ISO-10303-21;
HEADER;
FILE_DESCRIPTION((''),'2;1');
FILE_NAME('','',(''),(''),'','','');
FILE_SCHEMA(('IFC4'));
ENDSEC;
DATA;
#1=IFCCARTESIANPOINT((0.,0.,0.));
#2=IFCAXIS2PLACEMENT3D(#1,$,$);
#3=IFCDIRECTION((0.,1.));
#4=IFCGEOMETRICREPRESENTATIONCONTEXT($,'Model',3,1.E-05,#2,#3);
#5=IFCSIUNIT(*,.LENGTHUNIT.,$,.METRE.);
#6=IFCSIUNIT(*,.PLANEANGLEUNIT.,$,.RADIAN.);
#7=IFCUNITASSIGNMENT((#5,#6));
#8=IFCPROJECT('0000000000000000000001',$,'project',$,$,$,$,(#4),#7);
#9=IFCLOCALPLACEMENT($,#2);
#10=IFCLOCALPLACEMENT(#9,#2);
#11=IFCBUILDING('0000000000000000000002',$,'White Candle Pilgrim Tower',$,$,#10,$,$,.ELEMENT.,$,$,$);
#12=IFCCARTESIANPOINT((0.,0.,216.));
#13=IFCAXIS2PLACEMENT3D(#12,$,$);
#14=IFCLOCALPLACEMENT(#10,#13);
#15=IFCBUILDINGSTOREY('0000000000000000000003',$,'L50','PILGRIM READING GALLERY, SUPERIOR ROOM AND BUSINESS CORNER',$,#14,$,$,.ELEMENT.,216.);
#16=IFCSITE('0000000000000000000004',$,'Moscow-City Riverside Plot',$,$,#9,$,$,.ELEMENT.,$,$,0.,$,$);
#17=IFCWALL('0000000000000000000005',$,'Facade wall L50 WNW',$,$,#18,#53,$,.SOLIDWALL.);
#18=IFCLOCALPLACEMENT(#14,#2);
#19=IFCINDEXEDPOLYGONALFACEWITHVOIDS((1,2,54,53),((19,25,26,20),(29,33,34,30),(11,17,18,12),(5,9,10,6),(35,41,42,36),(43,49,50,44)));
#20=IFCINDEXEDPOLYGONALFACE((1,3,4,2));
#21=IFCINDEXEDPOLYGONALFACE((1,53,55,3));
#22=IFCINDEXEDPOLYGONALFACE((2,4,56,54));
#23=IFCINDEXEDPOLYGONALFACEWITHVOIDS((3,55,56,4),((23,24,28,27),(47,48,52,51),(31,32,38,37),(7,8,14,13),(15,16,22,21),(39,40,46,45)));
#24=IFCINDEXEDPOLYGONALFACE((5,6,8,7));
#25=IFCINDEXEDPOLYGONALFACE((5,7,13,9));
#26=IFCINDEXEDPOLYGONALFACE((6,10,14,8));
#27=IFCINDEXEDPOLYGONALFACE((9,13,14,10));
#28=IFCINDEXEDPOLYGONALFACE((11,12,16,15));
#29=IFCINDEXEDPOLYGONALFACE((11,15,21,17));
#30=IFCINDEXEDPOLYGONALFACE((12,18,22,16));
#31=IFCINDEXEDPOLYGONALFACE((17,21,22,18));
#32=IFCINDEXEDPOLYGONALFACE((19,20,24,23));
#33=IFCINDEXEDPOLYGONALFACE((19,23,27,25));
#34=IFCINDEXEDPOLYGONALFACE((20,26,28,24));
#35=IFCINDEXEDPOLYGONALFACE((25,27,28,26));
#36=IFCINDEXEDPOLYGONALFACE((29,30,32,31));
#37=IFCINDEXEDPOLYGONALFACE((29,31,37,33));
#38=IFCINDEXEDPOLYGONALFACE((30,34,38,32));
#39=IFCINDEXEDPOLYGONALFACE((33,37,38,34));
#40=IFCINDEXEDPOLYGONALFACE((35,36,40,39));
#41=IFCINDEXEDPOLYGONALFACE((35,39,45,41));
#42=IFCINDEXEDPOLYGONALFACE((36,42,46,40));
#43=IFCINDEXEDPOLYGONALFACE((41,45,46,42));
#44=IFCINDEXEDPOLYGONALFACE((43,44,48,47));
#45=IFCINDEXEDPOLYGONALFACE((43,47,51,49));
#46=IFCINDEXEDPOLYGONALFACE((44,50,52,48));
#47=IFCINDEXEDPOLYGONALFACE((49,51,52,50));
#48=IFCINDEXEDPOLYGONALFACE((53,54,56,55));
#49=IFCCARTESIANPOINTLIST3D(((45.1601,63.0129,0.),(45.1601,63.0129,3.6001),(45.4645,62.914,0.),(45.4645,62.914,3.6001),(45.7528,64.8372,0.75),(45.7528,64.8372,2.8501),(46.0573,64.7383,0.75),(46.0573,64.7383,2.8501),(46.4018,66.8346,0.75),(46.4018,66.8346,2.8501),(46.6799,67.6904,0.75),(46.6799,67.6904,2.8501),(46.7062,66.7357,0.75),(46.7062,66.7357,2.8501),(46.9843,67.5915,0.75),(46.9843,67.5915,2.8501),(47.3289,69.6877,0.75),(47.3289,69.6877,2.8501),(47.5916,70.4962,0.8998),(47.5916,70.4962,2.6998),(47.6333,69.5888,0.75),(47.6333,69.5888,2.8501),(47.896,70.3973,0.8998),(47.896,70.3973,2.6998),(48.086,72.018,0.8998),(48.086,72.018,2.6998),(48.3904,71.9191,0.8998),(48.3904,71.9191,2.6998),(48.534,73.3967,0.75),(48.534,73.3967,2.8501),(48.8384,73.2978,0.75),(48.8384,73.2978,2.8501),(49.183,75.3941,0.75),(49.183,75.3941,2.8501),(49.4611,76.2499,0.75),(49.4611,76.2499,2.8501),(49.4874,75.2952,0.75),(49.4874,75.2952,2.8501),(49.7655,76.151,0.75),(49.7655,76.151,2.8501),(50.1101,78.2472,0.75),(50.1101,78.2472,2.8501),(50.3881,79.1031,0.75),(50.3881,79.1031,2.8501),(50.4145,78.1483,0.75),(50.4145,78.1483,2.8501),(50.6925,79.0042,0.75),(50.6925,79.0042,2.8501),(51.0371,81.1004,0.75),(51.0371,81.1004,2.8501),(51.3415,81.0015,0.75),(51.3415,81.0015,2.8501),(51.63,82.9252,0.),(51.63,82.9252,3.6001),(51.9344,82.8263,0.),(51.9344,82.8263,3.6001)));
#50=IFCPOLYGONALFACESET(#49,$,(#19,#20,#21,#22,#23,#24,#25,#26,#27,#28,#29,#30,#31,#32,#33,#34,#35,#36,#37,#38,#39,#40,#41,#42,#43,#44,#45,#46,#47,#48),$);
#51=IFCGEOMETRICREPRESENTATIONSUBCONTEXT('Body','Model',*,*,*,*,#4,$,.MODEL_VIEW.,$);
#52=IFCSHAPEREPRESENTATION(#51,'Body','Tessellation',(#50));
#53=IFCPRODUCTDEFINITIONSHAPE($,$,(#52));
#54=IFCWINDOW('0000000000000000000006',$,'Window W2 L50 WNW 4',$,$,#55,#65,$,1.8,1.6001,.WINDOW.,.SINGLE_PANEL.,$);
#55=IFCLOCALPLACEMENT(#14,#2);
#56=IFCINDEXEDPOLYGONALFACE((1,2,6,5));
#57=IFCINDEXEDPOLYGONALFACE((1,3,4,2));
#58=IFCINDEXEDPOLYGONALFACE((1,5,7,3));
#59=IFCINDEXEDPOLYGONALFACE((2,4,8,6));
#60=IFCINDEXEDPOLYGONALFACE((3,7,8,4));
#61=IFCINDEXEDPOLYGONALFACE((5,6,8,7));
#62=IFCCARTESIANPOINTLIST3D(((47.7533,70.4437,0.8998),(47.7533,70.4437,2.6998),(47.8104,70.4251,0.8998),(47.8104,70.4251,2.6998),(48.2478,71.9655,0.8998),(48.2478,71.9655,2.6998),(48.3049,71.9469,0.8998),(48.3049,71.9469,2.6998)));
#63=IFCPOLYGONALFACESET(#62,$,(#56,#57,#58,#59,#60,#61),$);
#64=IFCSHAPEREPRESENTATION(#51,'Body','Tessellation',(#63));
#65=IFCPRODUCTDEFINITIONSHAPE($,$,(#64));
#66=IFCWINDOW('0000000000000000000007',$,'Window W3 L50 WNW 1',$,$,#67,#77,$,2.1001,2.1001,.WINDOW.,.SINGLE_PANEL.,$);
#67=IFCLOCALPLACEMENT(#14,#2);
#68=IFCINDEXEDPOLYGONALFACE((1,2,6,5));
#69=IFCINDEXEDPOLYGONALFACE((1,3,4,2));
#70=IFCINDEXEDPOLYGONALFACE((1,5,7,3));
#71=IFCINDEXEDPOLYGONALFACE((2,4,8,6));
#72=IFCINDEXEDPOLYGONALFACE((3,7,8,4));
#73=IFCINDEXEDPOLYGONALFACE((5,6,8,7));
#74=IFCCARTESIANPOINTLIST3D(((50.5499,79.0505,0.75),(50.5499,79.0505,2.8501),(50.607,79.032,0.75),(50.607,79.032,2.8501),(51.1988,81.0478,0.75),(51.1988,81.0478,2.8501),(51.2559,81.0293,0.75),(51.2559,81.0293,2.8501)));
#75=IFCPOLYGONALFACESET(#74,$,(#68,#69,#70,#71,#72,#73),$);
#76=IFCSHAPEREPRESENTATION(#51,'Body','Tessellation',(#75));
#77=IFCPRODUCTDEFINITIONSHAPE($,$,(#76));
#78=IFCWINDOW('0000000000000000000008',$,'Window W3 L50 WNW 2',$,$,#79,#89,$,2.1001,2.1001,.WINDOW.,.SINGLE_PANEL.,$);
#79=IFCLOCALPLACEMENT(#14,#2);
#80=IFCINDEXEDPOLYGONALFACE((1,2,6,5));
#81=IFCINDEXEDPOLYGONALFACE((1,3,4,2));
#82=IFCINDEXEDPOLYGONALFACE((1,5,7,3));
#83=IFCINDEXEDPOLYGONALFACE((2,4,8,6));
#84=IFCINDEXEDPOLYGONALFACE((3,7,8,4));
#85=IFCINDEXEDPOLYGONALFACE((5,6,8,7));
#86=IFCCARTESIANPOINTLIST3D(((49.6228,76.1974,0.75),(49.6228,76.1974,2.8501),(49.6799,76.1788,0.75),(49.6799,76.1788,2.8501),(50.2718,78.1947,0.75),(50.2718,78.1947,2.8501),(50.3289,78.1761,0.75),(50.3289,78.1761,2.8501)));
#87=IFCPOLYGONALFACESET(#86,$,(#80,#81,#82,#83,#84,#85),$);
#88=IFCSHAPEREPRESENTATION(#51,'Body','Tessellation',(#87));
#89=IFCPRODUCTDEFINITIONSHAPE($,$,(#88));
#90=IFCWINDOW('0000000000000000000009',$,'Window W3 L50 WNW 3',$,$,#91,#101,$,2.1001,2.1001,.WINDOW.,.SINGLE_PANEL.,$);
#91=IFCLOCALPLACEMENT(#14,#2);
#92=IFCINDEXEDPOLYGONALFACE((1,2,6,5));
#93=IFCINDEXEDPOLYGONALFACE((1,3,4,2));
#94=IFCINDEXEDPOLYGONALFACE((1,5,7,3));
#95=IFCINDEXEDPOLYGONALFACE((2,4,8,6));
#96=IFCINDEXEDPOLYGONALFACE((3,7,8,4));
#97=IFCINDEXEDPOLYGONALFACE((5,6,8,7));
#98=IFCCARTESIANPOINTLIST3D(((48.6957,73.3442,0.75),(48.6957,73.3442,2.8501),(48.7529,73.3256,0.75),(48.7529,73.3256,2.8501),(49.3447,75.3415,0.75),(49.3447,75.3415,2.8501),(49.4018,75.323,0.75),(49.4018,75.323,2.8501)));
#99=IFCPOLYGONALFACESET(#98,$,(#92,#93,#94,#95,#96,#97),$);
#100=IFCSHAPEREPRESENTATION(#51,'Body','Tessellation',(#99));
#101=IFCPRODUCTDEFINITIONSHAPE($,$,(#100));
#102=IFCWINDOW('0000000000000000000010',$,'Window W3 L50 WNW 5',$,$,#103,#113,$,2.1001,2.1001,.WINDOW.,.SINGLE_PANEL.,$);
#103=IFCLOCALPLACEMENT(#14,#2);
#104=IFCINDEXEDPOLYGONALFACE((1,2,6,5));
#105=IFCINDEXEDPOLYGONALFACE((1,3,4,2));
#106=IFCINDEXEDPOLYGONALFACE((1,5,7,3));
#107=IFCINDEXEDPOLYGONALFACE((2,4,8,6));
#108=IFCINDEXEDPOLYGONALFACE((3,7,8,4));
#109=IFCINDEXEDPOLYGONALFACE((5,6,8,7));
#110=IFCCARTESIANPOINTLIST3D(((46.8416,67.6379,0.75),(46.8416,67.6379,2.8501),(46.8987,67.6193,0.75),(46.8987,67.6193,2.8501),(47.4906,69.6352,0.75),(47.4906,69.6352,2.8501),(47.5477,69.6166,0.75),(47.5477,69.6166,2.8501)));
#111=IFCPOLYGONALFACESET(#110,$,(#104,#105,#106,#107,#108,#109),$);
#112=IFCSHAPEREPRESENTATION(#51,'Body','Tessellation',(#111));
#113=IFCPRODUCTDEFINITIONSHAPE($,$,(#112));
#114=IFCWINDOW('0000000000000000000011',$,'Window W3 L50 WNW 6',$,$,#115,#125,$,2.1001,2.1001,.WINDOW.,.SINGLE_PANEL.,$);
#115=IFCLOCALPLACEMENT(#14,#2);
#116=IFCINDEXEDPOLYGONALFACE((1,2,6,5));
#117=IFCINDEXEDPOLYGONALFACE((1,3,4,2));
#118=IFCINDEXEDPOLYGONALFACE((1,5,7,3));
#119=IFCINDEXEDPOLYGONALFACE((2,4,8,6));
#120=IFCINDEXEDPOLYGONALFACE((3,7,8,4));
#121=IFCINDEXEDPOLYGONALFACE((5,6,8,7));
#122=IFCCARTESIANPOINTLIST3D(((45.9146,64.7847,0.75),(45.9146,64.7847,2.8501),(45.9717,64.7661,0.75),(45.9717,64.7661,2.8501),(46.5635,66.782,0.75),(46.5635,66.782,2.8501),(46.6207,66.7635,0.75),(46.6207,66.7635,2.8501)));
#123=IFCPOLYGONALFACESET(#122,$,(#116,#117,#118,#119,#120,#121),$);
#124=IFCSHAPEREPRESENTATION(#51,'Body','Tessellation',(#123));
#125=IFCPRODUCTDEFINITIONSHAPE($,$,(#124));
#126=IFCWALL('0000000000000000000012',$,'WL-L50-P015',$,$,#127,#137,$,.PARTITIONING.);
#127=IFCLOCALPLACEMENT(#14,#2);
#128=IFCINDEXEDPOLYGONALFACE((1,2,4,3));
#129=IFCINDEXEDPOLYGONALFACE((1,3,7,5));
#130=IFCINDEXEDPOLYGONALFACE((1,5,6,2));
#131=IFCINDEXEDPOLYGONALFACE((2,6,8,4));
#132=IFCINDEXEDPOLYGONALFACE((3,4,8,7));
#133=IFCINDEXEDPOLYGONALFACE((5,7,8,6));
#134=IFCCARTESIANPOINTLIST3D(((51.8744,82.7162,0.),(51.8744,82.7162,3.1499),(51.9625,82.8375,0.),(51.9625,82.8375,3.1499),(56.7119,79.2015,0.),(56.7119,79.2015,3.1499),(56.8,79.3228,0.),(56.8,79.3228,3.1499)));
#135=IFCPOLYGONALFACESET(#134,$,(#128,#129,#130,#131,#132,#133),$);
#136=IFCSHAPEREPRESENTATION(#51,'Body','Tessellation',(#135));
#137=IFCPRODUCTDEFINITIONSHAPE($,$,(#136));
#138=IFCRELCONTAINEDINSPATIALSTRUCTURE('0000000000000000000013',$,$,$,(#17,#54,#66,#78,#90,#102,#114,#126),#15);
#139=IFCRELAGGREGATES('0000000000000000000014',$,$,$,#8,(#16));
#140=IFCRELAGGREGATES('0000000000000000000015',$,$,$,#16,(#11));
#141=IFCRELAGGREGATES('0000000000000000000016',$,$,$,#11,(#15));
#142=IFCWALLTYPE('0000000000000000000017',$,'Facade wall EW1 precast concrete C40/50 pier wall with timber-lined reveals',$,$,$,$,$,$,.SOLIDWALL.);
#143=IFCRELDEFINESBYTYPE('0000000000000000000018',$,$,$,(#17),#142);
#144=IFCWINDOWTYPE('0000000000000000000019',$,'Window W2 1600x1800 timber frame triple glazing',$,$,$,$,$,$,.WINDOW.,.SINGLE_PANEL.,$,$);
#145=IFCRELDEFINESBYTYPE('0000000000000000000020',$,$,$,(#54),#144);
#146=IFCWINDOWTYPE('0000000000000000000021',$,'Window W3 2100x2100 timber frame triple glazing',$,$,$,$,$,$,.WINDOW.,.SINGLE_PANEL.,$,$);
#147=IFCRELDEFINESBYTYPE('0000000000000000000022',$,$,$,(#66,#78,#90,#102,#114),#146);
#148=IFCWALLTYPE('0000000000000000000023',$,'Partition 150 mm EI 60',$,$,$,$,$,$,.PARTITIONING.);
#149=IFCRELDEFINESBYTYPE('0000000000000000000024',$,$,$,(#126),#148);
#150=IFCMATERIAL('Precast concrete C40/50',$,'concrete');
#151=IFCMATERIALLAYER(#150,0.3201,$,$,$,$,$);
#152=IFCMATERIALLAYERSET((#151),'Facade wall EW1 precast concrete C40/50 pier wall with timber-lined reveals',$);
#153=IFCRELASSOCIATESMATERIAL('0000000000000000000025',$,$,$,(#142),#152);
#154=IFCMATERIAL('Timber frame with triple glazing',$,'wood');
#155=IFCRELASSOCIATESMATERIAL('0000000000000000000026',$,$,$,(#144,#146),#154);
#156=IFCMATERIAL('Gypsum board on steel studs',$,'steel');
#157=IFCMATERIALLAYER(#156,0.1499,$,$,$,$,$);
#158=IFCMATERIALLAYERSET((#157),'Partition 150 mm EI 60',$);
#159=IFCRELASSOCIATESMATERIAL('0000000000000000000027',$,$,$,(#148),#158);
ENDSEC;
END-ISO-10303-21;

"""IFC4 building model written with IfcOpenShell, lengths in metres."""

from ifc_helpers import new_model, si_unit, direction, frame, frame_2d, origin, place, context, subcontext, project, spatial, rectangle, extrude, material, layer, layer_set, type_object, element, fill, save


model = new_model("IFC4")

# Units and contexts
model_context = context("Model", 3, precision=1e-05, world=origin(), true_north=direction((0.0, 1.0)))
body_context = subcontext(model_context, "Body", "Model", "MODEL_VIEW")
ifc_project = project(units=[si_unit("LENGTHUNIT", "METRE"), si_unit("PLANEANGLEUNIT", "RADIAN")], contexts=[model_context])

# Site, building, storey
site_placement = place(None, origin())
site = spatial("IfcSite", under=ifc_project, at=site_placement, Name="Moscow-City Riverside Plot", CompositionType="ELEMENT", RefElevation=0.0)
building_placement = place(site_placement, origin())
building = spatial("IfcBuilding", under=site, at=building_placement, Name="White Candle Pilgrim Tower", CompositionType="ELEMENT")
storey_placement = place(building_placement, frame((0.0, 0.0, 216.0)))
storey = spatial("IfcBuildingStorey", under=building, at=storey_placement, Name="L50", Description="PILGRIM READING GALLERY, SUPERIOR ROOM AND BUSINESS CORNER", CompositionType="ELEMENT", Elevation=216.0)

# Wall, openings, windows
ifc_material_1 = material(Name="Precast concrete C40/50", Category="concrete")
ifc_layer_1 = layer(ifc_material_1, 0.3201)
ifc_layer_set_1 = layer_set([ifc_layer_1], Name="Facade wall EW1 precast concrete C40/50 pier wall with timber-lined reveals")
wall_type_1 = type_object("IfcWallType", Name="Facade wall EW1 precast concrete C40/50 pier wall with timber-lined reveals", PredefinedType="SOLIDWALL", material=ifc_layer_set_1)
ifc_material_2 = material(Name="Timber frame with triple glazing", Category="wood")
wall_1_placement = place(storey_placement, frame((51.7822, 82.8757, 0.0), z_axis=(0.0, 0.0, 1.0), x_axis=(-0.309019, -0.951056, 0.0)))
wall_1 = element("IfcWall", 1, at=wall_1_placement, inside=storey, type_object=wall_type_1, Name="Facade wall L50 WNW", PredefinedType="SOLIDWALL", context=body_context, shape_type="SweptSolid", body=[
    extrude(rectangle(XDim=20.937, YDim=0.3201, at=frame_2d((10.4685, 0.0))), origin(), (0.0, 0.0, 1.0), 3.6001),
])
opening_1_placement = place(wall_1_placement, frame((1.9187, 0.0, 0.75)))
opening_1 = element("IfcOpeningElement", 2, at=opening_1_placement, cuts=wall_1, PredefinedType="OPENING", context=body_context, shape_type="SweptSolid", body=[
    extrude(rectangle(XDim=2.1001, YDim=2.1001, at=frame_2d((1.05, 1.05))), frame((0.0, 0.1699, 0.0), z_axis=(0.0, -1.0, 0.0), x_axis=(1.0, 0.0, 0.0)), (0.0, 0.0, 1.0), 0.3401),
])
opening_2_placement = place(wall_1_placement, frame((4.9187, 0.0, 0.75)))
opening_2 = element("IfcOpeningElement", 3, at=opening_2_placement, cuts=wall_1, PredefinedType="OPENING", context=body_context, shape_type="SweptSolid", body=[
    extrude(rectangle(XDim=2.1001, YDim=2.1001, at=frame_2d((1.05, 1.05))), frame((0.0, 0.1699, 0.0), z_axis=(0.0, -1.0, 0.0), x_axis=(1.0, 0.0, 0.0)), (0.0, 0.0, 1.0), 0.3401),
])
opening_3_placement = place(wall_1_placement, frame((7.9187, 0.0, 0.75)))
opening_3 = element("IfcOpeningElement", 4, at=opening_3_placement, cuts=wall_1, PredefinedType="OPENING", context=body_context, shape_type="SweptSolid", body=[
    extrude(rectangle(XDim=2.1001, YDim=2.1001, at=frame_2d((1.05, 1.05))), frame((0.0, 0.1699, 0.0), z_axis=(0.0, -1.0, 0.0), x_axis=(1.0, 0.0, 0.0)), (0.0, 0.0, 1.0), 0.3401),
])
opening_4_placement = place(wall_1_placement, frame((11.4685, 0.0, 0.8999)))
opening_4 = element("IfcOpeningElement", 5, at=opening_4_placement, cuts=wall_1, PredefinedType="OPENING", context=body_context, shape_type="SweptSolid", body=[
    extrude(rectangle(XDim=1.6001, YDim=1.8, at=frame_2d((0.8, 0.8999))), frame((0.0, 0.1699, 0.0), z_axis=(0.0, -1.0, 0.0), x_axis=(1.0, 0.0, 0.0)), (0.0, 0.0, 1.0), 0.3401),
])
opening_5_placement = place(wall_1_placement, frame((13.9187, 0.0, 0.75)))
opening_5 = element("IfcOpeningElement", 6, at=opening_5_placement, cuts=wall_1, PredefinedType="OPENING", context=body_context, shape_type="SweptSolid", body=[
    extrude(rectangle(XDim=2.1001, YDim=2.1001, at=frame_2d((1.05, 1.05))), frame((0.0, 0.1699, 0.0), z_axis=(0.0, -1.0, 0.0), x_axis=(1.0, 0.0, 0.0)), (0.0, 0.0, 1.0), 0.3401),
])
opening_6_placement = place(wall_1_placement, frame((16.9187, 0.0, 0.75)))
opening_6 = element("IfcOpeningElement", 7, at=opening_6_placement, cuts=wall_1, PredefinedType="OPENING", context=body_context, shape_type="SweptSolid", body=[
    extrude(rectangle(XDim=2.1001, YDim=2.1001, at=frame_2d((1.05, 1.05))), frame((0.0, 0.1699, 0.0), z_axis=(0.0, -1.0, 0.0), x_axis=(1.0, 0.0, 0.0)), (0.0, 0.0, 1.0), 0.3401),
])
window_type_1 = type_object("IfcWindowType", Name="Window W2 1600x1800 timber frame triple glazing", PartitioningType="SINGLE_PANEL", PredefinedType="WINDOW", material=ifc_material_2)
window_1_placement = place(opening_4_placement, origin())
window_1 = element("IfcWindow", 8, at=window_1_placement, inside=storey, type_object=window_type_1, Name="Window W2 L50 WNW 4", OverallHeight=1.8, OverallWidth=1.6001, PartitioningType="SINGLE_PANEL", PredefinedType="WINDOW", context=body_context, shape_type="SweptSolid", body=[
    extrude(rectangle(XDim=1.6001, YDim=1.8, at=frame_2d((0.8, 0.8999))), frame((0.0, 0.0701, 0.0), z_axis=(0.0, -1.0, 0.0), x_axis=(1.0, 0.0, 0.0)), (0.0, 0.0, 1.0), 0.0601),
])
fill(opening_4, window_1)
window_type_2 = type_object("IfcWindowType", Name="Window W3 2100x2100 timber frame triple glazing", PartitioningType="SINGLE_PANEL", PredefinedType="WINDOW", material=ifc_material_2)
window_2_placement = place(opening_1_placement, origin())
window_2 = element("IfcWindow", 9, at=window_2_placement, inside=storey, type_object=window_type_2, Name="Window W3 L50 WNW 1", OverallHeight=2.1001, OverallWidth=2.1001, PartitioningType="SINGLE_PANEL", PredefinedType="WINDOW", context=body_context, shape_type="SweptSolid", body=[
    extrude(rectangle(XDim=2.1001, YDim=2.1001, at=frame_2d((1.05, 1.05))), frame((0.0, 0.0701, 0.0), z_axis=(0.0, -1.0, 0.0), x_axis=(1.0, 0.0, 0.0)), (0.0, 0.0, 1.0), 0.0601),
])
fill(opening_1, window_2)
window_3_placement = place(opening_2_placement, origin())
window_3 = element("IfcWindow", 10, at=window_3_placement, inside=storey, type_object=window_type_2, Name="Window W3 L50 WNW 2", OverallHeight=2.1001, OverallWidth=2.1001, PartitioningType="SINGLE_PANEL", PredefinedType="WINDOW", context=body_context, shape_type="SweptSolid", body=[
    extrude(rectangle(XDim=2.1001, YDim=2.1001, at=frame_2d((1.05, 1.05))), frame((0.0, 0.0701, 0.0), z_axis=(0.0, -1.0, 0.0), x_axis=(1.0, 0.0, 0.0)), (0.0, 0.0, 1.0), 0.0601),
])
fill(opening_2, window_3)
window_4_placement = place(opening_3_placement, origin())
window_4 = element("IfcWindow", 11, at=window_4_placement, inside=storey, type_object=window_type_2, Name="Window W3 L50 WNW 3", OverallHeight=2.1001, OverallWidth=2.1001, PartitioningType="SINGLE_PANEL", PredefinedType="WINDOW", context=body_context, shape_type="SweptSolid", body=[
    extrude(rectangle(XDim=2.1001, YDim=2.1001, at=frame_2d((1.05, 1.05))), frame((0.0, 0.0701, 0.0), z_axis=(0.0, -1.0, 0.0), x_axis=(1.0, 0.0, 0.0)), (0.0, 0.0, 1.0), 0.0601),
])
fill(opening_3, window_4)
window_5_placement = place(opening_5_placement, origin())
window_5 = element("IfcWindow", 12, at=window_5_placement, inside=storey, type_object=window_type_2, Name="Window W3 L50 WNW 5", OverallHeight=2.1001, OverallWidth=2.1001, PartitioningType="SINGLE_PANEL", PredefinedType="WINDOW", context=body_context, shape_type="SweptSolid", body=[
    extrude(rectangle(XDim=2.1001, YDim=2.1001, at=frame_2d((1.05, 1.05))), frame((0.0, 0.0701, 0.0), z_axis=(0.0, -1.0, 0.0), x_axis=(1.0, 0.0, 0.0)), (0.0, 0.0, 1.0), 0.0601),
])
fill(opening_5, window_5)
window_6_placement = place(opening_6_placement, origin())
window_6 = element("IfcWindow", 13, at=window_6_placement, inside=storey, type_object=window_type_2, Name="Window W3 L50 WNW 6", OverallHeight=2.1001, OverallWidth=2.1001, PartitioningType="SINGLE_PANEL", PredefinedType="WINDOW", context=body_context, shape_type="SweptSolid", body=[
    extrude(rectangle(XDim=2.1001, YDim=2.1001, at=frame_2d((1.05, 1.05))), frame((0.0, 0.0701, 0.0), z_axis=(0.0, -1.0, 0.0), x_axis=(1.0, 0.0, 0.0)), (0.0, 0.0, 1.0), 0.0601),
])
fill(opening_6, window_6)

# Wall
ifc_material_3 = material(Name="Gypsum board on steel studs", Category="steel")
ifc_layer_2 = layer(ifc_material_3, 0.1499)
ifc_layer_set_2 = layer_set([ifc_layer_2], Name="Partition 150 mm EI 60")
wall_type_2 = type_object("IfcWallType", Name="Partition 150 mm EI 60", PredefinedType="PARTITIONING", material=ifc_layer_set_2)
wall_2_placement = place(storey_placement, frame((51.9185, 82.7769, 0.0), z_axis=(0.0, 0.0, 1.0), x_axis=(0.809011, -0.587793, 0.0)))
element("IfcWall", 14, at=wall_2_placement, inside=storey, type_object=wall_type_2, Name="WL-L50-P015", PredefinedType="PARTITIONING", context=body_context, shape_type="SweptSolid", body=[
    extrude(rectangle(XDim=5.9795, YDim=0.1499, at=frame_2d((2.9897, 0.0))), origin(), (0.0, 0.0, 1.0), 3.1499),
])

save(model, "model.ifc")
